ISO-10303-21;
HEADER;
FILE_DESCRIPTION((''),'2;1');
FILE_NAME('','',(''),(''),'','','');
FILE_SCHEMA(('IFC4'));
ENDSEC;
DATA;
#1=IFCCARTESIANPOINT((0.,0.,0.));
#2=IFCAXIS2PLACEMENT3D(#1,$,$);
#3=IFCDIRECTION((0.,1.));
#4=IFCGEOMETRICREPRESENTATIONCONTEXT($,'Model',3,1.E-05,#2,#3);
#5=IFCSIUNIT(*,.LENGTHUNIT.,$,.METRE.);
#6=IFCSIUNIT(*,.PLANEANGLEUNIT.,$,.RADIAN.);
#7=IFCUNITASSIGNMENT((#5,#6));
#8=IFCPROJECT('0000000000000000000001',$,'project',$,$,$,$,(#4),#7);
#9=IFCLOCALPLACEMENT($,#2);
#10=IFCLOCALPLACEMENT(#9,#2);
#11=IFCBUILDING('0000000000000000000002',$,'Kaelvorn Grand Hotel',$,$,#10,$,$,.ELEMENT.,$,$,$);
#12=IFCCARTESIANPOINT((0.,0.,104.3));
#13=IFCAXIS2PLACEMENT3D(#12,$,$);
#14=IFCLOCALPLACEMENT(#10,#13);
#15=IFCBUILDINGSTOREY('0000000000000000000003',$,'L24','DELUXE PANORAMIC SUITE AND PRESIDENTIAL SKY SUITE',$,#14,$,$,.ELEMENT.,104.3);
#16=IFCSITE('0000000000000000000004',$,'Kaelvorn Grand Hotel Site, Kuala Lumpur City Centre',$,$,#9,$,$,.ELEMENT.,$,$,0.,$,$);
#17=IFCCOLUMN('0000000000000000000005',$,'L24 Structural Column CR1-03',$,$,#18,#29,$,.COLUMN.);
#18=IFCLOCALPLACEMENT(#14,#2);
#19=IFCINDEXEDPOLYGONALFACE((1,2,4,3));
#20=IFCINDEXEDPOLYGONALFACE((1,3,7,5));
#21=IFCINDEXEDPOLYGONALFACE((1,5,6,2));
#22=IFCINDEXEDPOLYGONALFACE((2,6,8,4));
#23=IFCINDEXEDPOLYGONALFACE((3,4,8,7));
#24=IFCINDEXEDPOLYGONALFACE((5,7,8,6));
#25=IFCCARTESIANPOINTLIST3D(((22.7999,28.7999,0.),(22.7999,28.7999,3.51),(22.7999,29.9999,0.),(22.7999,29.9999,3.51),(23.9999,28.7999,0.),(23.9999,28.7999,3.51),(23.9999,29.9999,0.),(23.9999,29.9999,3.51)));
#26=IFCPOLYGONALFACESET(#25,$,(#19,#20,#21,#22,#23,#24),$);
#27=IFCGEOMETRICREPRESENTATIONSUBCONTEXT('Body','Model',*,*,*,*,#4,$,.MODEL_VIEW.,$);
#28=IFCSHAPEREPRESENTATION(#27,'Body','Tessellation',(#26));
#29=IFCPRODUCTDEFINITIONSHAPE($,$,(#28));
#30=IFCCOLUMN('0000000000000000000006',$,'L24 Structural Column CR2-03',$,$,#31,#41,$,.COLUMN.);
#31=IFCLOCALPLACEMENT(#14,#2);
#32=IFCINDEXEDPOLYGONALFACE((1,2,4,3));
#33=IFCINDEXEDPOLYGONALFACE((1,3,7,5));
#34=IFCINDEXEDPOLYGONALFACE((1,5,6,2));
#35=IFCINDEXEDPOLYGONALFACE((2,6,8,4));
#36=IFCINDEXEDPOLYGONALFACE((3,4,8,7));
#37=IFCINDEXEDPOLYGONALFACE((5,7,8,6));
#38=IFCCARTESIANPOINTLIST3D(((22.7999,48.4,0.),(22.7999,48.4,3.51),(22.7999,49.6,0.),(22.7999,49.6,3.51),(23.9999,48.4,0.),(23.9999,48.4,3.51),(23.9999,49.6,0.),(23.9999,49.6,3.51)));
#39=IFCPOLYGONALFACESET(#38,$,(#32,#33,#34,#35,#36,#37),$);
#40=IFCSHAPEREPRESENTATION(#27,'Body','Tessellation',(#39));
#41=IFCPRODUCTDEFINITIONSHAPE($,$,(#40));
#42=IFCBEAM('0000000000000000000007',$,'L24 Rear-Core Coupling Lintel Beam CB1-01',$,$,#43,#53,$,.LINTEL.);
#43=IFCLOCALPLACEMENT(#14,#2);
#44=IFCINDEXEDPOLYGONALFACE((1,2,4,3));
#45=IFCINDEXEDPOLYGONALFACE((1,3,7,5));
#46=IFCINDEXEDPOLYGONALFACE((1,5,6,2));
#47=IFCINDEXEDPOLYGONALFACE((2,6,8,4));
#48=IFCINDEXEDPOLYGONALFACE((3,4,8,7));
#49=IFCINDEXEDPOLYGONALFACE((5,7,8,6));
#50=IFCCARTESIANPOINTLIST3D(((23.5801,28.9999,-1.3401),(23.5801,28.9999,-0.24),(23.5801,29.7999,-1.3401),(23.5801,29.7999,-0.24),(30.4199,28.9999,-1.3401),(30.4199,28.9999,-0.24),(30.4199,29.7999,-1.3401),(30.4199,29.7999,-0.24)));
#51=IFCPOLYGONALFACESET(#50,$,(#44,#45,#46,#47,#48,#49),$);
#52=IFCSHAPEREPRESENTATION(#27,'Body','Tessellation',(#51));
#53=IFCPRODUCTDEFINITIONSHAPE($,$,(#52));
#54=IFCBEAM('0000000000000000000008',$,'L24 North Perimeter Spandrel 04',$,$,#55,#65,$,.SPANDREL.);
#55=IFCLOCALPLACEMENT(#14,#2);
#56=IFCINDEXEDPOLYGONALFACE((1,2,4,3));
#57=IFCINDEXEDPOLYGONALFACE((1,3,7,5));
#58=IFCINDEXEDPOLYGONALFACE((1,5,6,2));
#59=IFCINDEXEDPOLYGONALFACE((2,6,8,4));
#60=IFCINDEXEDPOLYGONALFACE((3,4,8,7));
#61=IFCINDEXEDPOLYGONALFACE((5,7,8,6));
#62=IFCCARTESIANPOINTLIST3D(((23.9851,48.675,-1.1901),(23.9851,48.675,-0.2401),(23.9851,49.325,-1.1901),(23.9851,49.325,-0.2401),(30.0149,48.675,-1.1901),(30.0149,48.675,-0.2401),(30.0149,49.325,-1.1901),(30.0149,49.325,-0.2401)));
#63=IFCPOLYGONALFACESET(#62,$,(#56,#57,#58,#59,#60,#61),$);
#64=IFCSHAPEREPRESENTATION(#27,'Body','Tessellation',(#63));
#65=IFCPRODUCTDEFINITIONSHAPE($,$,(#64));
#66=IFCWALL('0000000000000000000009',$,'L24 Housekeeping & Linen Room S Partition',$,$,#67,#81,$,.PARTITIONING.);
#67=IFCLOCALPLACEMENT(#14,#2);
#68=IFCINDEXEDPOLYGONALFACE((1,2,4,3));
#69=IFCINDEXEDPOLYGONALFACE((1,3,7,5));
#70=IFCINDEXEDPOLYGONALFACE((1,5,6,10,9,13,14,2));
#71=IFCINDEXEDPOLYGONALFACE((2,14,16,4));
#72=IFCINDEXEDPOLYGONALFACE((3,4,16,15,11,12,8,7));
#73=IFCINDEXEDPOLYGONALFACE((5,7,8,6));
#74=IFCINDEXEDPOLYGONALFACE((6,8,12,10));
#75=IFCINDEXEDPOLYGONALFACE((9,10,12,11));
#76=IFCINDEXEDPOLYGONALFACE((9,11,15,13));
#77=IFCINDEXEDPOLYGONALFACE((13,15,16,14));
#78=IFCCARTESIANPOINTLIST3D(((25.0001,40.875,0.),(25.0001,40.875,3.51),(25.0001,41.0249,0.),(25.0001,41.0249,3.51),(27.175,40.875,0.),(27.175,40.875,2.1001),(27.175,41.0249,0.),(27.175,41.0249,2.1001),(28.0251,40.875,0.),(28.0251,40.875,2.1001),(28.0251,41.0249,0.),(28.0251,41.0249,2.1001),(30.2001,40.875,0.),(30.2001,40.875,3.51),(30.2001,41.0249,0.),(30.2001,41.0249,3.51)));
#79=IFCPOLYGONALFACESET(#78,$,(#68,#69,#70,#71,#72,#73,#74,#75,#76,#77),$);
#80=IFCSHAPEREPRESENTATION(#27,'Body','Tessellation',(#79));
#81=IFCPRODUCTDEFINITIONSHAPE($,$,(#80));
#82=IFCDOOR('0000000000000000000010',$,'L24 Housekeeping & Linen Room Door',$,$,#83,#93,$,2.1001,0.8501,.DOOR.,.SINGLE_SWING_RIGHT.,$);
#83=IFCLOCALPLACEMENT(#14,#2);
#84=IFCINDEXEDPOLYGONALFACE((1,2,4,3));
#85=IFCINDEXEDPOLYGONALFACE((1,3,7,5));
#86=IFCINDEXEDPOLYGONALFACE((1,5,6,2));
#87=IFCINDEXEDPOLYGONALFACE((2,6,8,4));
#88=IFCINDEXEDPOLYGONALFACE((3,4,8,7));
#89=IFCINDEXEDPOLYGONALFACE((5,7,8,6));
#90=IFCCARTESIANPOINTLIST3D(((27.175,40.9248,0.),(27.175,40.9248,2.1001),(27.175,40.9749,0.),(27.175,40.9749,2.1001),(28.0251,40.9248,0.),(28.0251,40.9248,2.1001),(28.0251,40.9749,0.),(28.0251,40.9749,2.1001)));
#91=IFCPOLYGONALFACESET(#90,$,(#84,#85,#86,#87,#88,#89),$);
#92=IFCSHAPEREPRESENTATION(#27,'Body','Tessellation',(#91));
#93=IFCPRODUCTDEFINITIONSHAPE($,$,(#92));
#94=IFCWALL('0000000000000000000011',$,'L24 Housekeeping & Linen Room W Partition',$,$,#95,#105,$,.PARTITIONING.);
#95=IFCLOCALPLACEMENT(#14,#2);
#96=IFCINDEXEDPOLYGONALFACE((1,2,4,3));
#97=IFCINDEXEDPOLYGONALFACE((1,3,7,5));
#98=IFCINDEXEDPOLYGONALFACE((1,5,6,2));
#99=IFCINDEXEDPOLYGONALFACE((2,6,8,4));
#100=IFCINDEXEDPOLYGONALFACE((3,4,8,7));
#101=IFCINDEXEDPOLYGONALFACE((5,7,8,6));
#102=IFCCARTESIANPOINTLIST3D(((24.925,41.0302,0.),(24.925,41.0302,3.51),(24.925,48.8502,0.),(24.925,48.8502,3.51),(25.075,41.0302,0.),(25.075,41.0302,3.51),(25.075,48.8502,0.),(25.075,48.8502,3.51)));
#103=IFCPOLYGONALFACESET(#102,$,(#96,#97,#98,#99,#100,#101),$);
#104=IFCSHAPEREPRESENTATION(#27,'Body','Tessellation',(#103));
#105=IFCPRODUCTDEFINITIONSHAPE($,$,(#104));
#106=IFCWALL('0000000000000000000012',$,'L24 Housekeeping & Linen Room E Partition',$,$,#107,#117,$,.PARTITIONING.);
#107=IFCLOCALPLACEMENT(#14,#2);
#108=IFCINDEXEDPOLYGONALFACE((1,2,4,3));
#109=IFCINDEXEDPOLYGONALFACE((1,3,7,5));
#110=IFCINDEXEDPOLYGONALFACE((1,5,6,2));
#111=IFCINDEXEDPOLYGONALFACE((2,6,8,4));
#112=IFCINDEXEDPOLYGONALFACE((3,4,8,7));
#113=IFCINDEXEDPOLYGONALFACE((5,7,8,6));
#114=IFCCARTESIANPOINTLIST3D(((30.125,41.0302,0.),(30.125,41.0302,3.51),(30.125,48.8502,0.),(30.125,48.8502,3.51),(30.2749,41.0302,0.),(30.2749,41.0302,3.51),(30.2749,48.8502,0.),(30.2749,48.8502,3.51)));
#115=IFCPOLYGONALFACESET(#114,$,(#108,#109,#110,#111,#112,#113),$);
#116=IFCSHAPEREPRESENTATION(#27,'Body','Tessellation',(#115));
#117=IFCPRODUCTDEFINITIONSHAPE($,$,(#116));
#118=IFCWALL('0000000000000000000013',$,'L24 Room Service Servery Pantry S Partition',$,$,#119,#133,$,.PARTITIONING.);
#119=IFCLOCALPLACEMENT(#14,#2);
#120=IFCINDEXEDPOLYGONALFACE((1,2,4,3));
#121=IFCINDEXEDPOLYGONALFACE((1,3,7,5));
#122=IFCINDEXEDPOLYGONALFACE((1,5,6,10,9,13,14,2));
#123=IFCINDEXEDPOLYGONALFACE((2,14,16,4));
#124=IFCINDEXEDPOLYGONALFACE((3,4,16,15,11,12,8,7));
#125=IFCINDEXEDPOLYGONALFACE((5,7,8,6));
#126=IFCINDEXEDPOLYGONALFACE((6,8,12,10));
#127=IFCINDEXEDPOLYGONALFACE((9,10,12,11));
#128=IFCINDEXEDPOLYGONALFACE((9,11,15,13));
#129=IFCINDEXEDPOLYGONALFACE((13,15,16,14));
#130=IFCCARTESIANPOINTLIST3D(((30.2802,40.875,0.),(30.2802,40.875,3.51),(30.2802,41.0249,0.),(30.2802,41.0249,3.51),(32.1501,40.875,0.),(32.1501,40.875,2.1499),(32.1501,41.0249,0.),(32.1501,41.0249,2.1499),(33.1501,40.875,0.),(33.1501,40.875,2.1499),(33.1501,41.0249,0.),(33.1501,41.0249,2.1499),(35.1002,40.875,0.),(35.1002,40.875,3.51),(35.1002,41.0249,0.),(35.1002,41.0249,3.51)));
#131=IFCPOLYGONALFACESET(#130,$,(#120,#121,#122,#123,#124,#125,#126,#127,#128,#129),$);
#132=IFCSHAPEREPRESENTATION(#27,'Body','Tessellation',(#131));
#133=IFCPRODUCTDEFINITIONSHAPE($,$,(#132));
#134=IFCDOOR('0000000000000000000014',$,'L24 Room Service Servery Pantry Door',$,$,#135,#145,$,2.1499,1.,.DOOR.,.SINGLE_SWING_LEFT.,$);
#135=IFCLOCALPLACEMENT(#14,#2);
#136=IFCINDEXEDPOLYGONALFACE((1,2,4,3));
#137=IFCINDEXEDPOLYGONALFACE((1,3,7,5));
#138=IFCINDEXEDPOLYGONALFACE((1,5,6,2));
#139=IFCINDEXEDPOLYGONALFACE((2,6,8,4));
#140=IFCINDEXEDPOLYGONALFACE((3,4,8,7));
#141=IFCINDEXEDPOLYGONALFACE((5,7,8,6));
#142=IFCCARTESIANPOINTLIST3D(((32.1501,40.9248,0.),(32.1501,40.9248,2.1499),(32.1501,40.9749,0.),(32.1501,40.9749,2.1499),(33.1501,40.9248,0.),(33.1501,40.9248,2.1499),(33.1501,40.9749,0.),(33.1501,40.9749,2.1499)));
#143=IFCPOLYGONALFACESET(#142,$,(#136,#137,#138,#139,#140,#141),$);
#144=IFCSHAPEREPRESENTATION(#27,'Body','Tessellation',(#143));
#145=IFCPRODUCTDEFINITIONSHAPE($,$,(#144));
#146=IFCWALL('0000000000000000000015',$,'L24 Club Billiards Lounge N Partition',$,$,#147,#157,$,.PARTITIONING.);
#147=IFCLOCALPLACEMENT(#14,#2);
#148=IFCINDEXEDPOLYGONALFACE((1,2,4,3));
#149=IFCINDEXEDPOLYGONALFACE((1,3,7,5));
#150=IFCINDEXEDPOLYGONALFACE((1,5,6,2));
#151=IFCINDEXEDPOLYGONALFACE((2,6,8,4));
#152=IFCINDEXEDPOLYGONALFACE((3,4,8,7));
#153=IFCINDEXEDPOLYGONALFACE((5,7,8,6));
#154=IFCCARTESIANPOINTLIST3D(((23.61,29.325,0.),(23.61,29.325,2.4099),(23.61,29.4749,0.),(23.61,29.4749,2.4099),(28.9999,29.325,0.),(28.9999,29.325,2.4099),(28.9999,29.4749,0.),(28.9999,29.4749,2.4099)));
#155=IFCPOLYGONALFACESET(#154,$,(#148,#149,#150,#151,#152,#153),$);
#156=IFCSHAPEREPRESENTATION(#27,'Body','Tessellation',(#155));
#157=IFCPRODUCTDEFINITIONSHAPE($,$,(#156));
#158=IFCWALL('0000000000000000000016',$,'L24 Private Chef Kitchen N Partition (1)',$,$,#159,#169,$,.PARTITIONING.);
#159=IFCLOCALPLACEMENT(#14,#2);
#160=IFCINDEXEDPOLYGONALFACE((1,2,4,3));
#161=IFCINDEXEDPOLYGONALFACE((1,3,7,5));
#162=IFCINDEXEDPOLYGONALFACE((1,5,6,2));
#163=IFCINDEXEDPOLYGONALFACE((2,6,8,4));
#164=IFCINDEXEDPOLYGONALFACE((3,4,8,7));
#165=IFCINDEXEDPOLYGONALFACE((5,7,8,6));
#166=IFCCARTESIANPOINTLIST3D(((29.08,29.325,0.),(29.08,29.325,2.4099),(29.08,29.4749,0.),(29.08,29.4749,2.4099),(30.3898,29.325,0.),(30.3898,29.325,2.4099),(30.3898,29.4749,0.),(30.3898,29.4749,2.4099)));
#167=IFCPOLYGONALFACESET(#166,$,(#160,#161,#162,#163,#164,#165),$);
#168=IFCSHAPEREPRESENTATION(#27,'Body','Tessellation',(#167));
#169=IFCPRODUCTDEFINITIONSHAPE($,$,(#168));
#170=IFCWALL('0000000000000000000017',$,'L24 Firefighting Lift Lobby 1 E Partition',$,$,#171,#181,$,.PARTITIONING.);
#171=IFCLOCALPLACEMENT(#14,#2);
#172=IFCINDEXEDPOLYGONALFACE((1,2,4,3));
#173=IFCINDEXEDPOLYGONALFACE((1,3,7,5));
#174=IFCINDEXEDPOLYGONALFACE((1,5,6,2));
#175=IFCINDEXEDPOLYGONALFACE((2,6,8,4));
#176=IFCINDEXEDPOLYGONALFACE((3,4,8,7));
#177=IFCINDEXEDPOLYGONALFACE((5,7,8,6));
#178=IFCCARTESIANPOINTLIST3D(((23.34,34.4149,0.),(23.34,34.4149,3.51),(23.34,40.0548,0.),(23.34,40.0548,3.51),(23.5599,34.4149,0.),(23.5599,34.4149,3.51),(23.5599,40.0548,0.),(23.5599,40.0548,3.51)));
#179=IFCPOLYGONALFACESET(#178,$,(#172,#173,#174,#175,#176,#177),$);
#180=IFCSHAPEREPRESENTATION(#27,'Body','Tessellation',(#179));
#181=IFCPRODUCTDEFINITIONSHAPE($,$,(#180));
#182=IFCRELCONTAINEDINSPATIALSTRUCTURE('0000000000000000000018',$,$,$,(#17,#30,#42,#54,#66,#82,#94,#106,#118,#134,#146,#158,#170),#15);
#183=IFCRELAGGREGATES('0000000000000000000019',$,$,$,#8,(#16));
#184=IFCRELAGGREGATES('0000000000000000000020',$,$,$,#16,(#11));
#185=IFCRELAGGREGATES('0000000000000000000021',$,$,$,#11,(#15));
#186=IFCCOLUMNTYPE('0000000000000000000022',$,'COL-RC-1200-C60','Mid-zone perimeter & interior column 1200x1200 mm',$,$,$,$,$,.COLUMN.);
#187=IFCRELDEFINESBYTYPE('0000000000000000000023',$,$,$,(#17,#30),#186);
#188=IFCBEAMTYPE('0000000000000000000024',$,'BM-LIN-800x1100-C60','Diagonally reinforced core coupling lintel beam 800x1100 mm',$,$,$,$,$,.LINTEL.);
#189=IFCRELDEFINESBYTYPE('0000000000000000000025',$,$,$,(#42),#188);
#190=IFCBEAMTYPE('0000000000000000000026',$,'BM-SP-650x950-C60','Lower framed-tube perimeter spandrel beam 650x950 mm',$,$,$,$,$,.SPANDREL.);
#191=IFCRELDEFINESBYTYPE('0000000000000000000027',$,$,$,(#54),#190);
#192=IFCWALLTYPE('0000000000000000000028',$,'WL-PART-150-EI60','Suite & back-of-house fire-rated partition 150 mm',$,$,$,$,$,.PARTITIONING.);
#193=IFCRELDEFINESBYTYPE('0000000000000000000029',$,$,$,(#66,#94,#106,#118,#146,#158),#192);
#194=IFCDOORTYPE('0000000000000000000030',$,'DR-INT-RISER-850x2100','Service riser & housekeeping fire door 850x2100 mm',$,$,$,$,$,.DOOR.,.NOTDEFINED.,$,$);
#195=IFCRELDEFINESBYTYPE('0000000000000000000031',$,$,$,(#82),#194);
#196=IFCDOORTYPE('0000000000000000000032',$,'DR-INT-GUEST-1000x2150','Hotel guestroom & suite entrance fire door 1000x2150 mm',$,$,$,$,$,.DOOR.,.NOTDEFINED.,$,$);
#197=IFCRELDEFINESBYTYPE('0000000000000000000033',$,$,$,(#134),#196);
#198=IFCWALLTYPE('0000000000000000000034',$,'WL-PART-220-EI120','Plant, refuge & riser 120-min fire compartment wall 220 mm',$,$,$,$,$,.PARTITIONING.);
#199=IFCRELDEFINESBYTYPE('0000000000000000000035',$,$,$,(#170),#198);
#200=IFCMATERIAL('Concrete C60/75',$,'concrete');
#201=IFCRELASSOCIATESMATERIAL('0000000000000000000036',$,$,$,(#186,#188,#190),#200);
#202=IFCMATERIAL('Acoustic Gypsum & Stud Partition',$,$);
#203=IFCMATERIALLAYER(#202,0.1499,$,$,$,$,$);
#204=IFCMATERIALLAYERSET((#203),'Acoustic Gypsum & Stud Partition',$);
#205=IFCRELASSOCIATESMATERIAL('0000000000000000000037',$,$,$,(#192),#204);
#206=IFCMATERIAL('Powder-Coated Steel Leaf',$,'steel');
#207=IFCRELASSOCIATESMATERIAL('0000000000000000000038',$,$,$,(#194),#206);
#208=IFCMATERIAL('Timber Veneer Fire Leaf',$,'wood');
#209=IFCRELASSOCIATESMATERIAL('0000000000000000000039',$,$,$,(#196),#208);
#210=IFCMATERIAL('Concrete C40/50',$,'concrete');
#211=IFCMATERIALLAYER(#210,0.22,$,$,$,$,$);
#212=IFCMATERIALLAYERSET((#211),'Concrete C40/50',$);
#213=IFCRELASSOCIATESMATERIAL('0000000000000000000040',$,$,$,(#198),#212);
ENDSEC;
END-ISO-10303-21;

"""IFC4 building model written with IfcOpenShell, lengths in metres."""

from ifc_helpers import new_model, si_unit, direction, frame, frame_2d, origin, origin_2d, place, context, subcontext, project, spatial, rectangle, extrude, material, layer, layer_set, material_profile, profile_set, type_object, element, fill, save


model = new_model("IFC4")

# Units and contexts
model_context = context("Model", 3, precision=1e-05, world=origin(), true_north=direction((0.0, 1.0)))
body_context = subcontext(model_context, "Body", "Model", "MODEL_VIEW")
ifc_project = project(units=[si_unit("LENGTHUNIT", "METRE"), si_unit("PLANEANGLEUNIT", "RADIAN")], contexts=[model_context])

# Site, building, storey
site_placement = place(None, origin())
site = spatial("IfcSite", under=ifc_project, at=site_placement, Name="Kaelvorn Grand Hotel Site, Kuala Lumpur City Centre", CompositionType="ELEMENT", RefElevation=0.0)
building_placement = place(site_placement, origin())
building = spatial("IfcBuilding", under=site, at=building_placement, Name="Kaelvorn Grand Hotel", CompositionType="ELEMENT")
storey_placement = place(building_placement, frame((0.0, 0.0, 104.3)))
storey = spatial("IfcBuildingStorey", under=building, at=storey_placement, Name="L24", Description="DELUXE PANORAMIC SUITE AND PRESIDENTIAL SKY SUITE", CompositionType="ELEMENT", Elevation=104.3)

# Columns
ifc_material_1 = material(Name="Concrete C60/75", Category="concrete")
ifc_material_profile_1 = material_profile(ifc_material_1, rectangle(XDim=1.2, YDim=1.2, at=origin_2d()), Name="RC COL 1200x1200")
ifc_profile_set_1 = profile_set([ifc_material_profile_1], Name="Concrete C60/75")
column_type = type_object("IfcColumnType", Name="COL-RC-1200-C60", Description="Mid-zone perimeter & interior column 1200x1200 mm", PredefinedType="COLUMN", material=ifc_profile_set_1)
for number, where, z_axis, x_axis, name in (
    (1, (23.3999, 29.3999, 0.0), (0.0, 0.0, 1.0), (1.0, 0.0, 0.0), "L24 Structural Column CR1-03"),
    (2, (23.3999, 49.0, 0.0), (0.0, 0.0, 1.0), (1.0, 0.0, 0.0), "L24 Structural Column CR2-03"),
):
    element("IfcColumn", number, at=place(storey_placement, frame(where, z_axis=z_axis, x_axis=x_axis)), inside=storey, type_object=column_type, Name=name, PredefinedType="COLUMN", context=body_context, shape_type="SweptSolid", body=[
        extrude(rectangle(XDim=1.2, YDim=1.2, at=origin_2d()), origin(), (0.0, 0.0, 1.0), 3.51),
    ])

# Beams
ifc_material_profile_2 = material_profile(ifc_material_1, rectangle(XDim=0.8, YDim=1.1001, at=origin_2d()), Name="RC LINTEL 800x1100")
ifc_profile_set_2 = profile_set([ifc_material_profile_2], Name="Concrete C60/75")
beam_type_1 = type_object("IfcBeamType", Name="BM-LIN-800x1100-C60", Description="Diagonally reinforced core coupling lintel beam 800x1100 mm", PredefinedType="LINTEL", material=ifc_profile_set_2)
beam_1_placement = place(storey_placement, frame((23.5801, 29.3999, -0.79), z_axis=(1.0, 0.0, 0.0), x_axis=(0.0, 1.0, 0.0)))
element("IfcBeam", 3, at=beam_1_placement, inside=storey, type_object=beam_type_1, Name="L24 Rear-Core Coupling Lintel Beam CB1-01", PredefinedType="LINTEL", context=body_context, shape_type="SweptSolid", body=[
    extrude(rectangle(XDim=0.8, YDim=1.1001, at=origin_2d()), origin(), (0.0, 0.0, 1.0), 6.8398),
])
ifc_material_profile_3 = material_profile(ifc_material_1, rectangle(XDim=0.6499, YDim=0.95, at=origin_2d()), Name="RC SPANDREL 650x950")
ifc_profile_set_3 = profile_set([ifc_material_profile_3], Name="Concrete C60/75")
beam_type_2 = type_object("IfcBeamType", Name="BM-SP-650x950-C60", Description="Lower framed-tube perimeter spandrel beam 650x950 mm", PredefinedType="SPANDREL", material=ifc_profile_set_3)
beam_2_placement = place(storey_placement, frame((23.9851, 49.0, -0.7151), z_axis=(1.0, 0.0, 0.0), x_axis=(0.0, 1.0, 0.0)))
element("IfcBeam", 4, at=beam_2_placement, inside=storey, type_object=beam_type_2, Name="L24 North Perimeter Spandrel 04", PredefinedType="SPANDREL", context=body_context, shape_type="SweptSolid", body=[
    extrude(rectangle(XDim=0.6499, YDim=0.95, at=origin_2d()), origin(), (0.0, 0.0, 1.0), 6.0298),
])

# Wall, opening, door
ifc_material_2 = material(Name="Acoustic Gypsum & Stud Partition")
ifc_layer_1 = layer(ifc_material_2, 0.1499)
ifc_layer_set_1 = layer_set([ifc_layer_1], Name="Acoustic Gypsum & Stud Partition")
wall_type_1 = type_object("IfcWallType", Name="WL-PART-150-EI60", Description="Suite & back-of-house fire-rated partition 150 mm", PredefinedType="PARTITIONING", material=ifc_layer_set_1)
wall_1_placement = place(storey_placement, frame((25.0, 40.95, 0.0), z_axis=(0.0, 0.0, 1.0), x_axis=(1.0, 0.0, 0.0)))
wall_1 = element("IfcWall", 5, at=wall_1_placement, inside=storey, type_object=wall_type_1, Name="L24 Housekeeping & Linen Room S Partition", PredefinedType="PARTITIONING", context=body_context, shape_type="SweptSolid", body=[
    extrude(rectangle(XDim=5.2, YDim=0.1499, at=frame_2d((2.6001, 0.0))), origin(), (0.0, 0.0, 1.0), 3.51),
])
opening_1_placement = place(wall_1_placement, frame((2.175, 0.0, 0.0)))
opening_1 = element("IfcOpeningElement", 6, at=opening_1_placement, cuts=wall_1, PredefinedType="OPENING", context=body_context, shape_type="SweptSolid", body=[
    extrude(rectangle(XDim=0.8501, YDim=2.1001, at=frame_2d((0.425, 1.05))), frame((0.0, 0.085, 0.0), z_axis=(0.0, -1.0, 0.0), x_axis=(1.0, 0.0, 0.0)), (0.0, 0.0, 1.0), 0.1699),
])
ifc_material_3 = material(Name="Powder-Coated Steel Leaf", Category="steel")
door_type_1 = type_object("IfcDoorType", Name="DR-INT-RISER-850x2100", Description="Service riser & housekeeping fire door 850x2100 mm", OperationType="NOTDEFINED", PredefinedType="DOOR", material=ifc_material_3)
door_1_placement = place(opening_1_placement, origin())
door_1 = element("IfcDoor", 7, at=door_1_placement, inside=storey, type_object=door_type_1, Name="L24 Housekeeping & Linen Room Door", OperationType="SINGLE_SWING_RIGHT", OverallHeight=2.1001, OverallWidth=0.8501, PredefinedType="DOOR", context=body_context, shape_type="SweptSolid", body=[
    extrude(rectangle(XDim=0.8501, YDim=2.1001, at=frame_2d((0.425, 1.05))), frame((0.0, 0.0249, 0.0), z_axis=(0.0, -1.0, 0.0), x_axis=(1.0, 0.0, 0.0)), (0.0, 0.0, 1.0), 0.05),
])
fill(opening_1, door_1)

# Walls
for number, where, z_axis, x_axis, name in (
    (8, (25.0, 41.03, 0.0), (0.0, 0.0, 1.0), (0.0, 1.0, 0.0), "L24 Housekeeping & Linen Room W Partition"),
    (9, (30.2, 41.03, 0.0), (0.0, 0.0, 1.0), (0.0, 1.0, 0.0), "L24 Housekeeping & Linen Room E Partition"),
):
    element("IfcWall", number, at=place(storey_placement, frame(where, z_axis=z_axis, x_axis=x_axis)), inside=storey, type_object=wall_type_1, Name=name, PredefinedType="PARTITIONING", context=body_context, shape_type="SweptSolid", body=[
        extrude(rectangle(XDim=7.8201, YDim=0.1499, at=frame_2d((3.9102, 0.0))), origin(), (0.0, 0.0, 1.0), 3.51),
    ])

# Wall, opening, door
wall_2_placement = place(storey_placement, frame((30.28, 40.95, 0.0), z_axis=(0.0, 0.0, 1.0), x_axis=(1.0, 0.0, 0.0)))
wall_2 = element("IfcWall", 10, at=wall_2_placement, inside=storey, type_object=wall_type_1, Name="L24 Room Service Servery Pantry S Partition", PredefinedType="PARTITIONING", context=body_context, shape_type="SweptSolid", body=[
    extrude(rectangle(XDim=4.8201, YDim=0.1499, at=frame_2d((2.4102, 0.0))), origin(), (0.0, 0.0, 1.0), 3.51),
])
opening_2_placement = place(wall_2_placement, frame((1.8701, 0.0, 0.0)))
opening_2 = element("IfcOpeningElement", 11, at=opening_2_placement, cuts=wall_2, PredefinedType="OPENING", context=body_context, shape_type="SweptSolid", body=[
    extrude(rectangle(XDim=1.0, YDim=2.1499, at=frame_2d((0.5, 1.075))), frame((0.0, 0.085, 0.0), z_axis=(0.0, -1.0, 0.0), x_axis=(1.0, 0.0, 0.0)), (0.0, 0.0, 1.0), 0.1699),
])
ifc_material_4 = material(Name="Timber Veneer Fire Leaf", Category="wood")
door_type_2 = type_object("IfcDoorType", Name="DR-INT-GUEST-1000x2150", Description="Hotel guestroom & suite entrance fire door 1000x2150 mm", OperationType="NOTDEFINED", PredefinedType="DOOR", material=ifc_material_4)
door_2_placement = place(opening_2_placement, origin())
door_2 = element("IfcDoor", 12, at=door_2_placement, inside=storey, type_object=door_type_2, Name="L24 Room Service Servery Pantry Door", OperationType="SINGLE_SWING_LEFT", OverallHeight=2.1499, OverallWidth=1.0, PredefinedType="DOOR", context=body_context, shape_type="SweptSolid", body=[
    extrude(rectangle(XDim=1.0, YDim=2.1499, at=frame_2d((0.5, 1.075))), frame((0.0, 0.0249, 0.0), z_axis=(0.0, -1.0, 0.0), x_axis=(1.0, 0.0, 0.0)), (0.0, 0.0, 1.0), 0.05),
])
fill(opening_2, door_2)

# Walls
wall_3_placement = place(storey_placement, frame((23.6101, 29.3999, 0.0), z_axis=(0.0, 0.0, 1.0), x_axis=(1.0, 0.0, 0.0)))
element("IfcWall", 13, at=wall_3_placement, inside=storey, type_object=wall_type_1, Name="L24 Club Billiards Lounge N Partition", PredefinedType="PARTITIONING", context=body_context, shape_type="SweptSolid", body=[
    extrude(rectangle(XDim=5.3899, YDim=0.1499, at=frame_2d((2.6948, 0.0))), origin(), (0.0, 0.0, 1.0), 2.4099),
])
wall_4_placement = place(storey_placement, frame((29.0801, 29.3999, 0.0), z_axis=(0.0, 0.0, 1.0), x_axis=(1.0, 0.0, 0.0)))
element("IfcWall", 14, at=wall_4_placement, inside=storey, type_object=wall_type_1, Name="L24 Private Chef Kitchen N Partition (1)", PredefinedType="PARTITIONING", context=body_context, shape_type="SweptSolid", body=[
    extrude(rectangle(XDim=1.3098, YDim=0.1499, at=frame_2d((0.6548, 0.0))), origin(), (0.0, 0.0, 1.0), 2.4099),
])
ifc_material_5 = material(Name="Concrete C40/50", Category="concrete")
ifc_layer_2 = layer(ifc_material_5, 0.22)
ifc_layer_set_2 = layer_set([ifc_layer_2], Name="Concrete C40/50")
wall_type_2 = type_object("IfcWallType", Name="WL-PART-220-EI120", Description="Plant, refuge & riser 120-min fire compartment wall 220 mm", PredefinedType="PARTITIONING", material=ifc_layer_set_2)
wall_5_placement = place(storey_placement, frame((23.45, 34.415, 0.0), z_axis=(0.0, 0.0, 1.0), x_axis=(0.0, 1.0, 0.0)))
element("IfcWall", 15, at=wall_5_placement, inside=storey, type_object=wall_type_2, Name="L24 Firefighting Lift Lobby 1 E Partition", PredefinedType="PARTITIONING", context=body_context, shape_type="SweptSolid", body=[
    extrude(rectangle(XDim=5.6399, YDim=0.22, at=frame_2d((2.8198, 0.0))), origin(), (0.0, 0.0, 1.0), 3.51),
])

save(model, "model.ifc")
